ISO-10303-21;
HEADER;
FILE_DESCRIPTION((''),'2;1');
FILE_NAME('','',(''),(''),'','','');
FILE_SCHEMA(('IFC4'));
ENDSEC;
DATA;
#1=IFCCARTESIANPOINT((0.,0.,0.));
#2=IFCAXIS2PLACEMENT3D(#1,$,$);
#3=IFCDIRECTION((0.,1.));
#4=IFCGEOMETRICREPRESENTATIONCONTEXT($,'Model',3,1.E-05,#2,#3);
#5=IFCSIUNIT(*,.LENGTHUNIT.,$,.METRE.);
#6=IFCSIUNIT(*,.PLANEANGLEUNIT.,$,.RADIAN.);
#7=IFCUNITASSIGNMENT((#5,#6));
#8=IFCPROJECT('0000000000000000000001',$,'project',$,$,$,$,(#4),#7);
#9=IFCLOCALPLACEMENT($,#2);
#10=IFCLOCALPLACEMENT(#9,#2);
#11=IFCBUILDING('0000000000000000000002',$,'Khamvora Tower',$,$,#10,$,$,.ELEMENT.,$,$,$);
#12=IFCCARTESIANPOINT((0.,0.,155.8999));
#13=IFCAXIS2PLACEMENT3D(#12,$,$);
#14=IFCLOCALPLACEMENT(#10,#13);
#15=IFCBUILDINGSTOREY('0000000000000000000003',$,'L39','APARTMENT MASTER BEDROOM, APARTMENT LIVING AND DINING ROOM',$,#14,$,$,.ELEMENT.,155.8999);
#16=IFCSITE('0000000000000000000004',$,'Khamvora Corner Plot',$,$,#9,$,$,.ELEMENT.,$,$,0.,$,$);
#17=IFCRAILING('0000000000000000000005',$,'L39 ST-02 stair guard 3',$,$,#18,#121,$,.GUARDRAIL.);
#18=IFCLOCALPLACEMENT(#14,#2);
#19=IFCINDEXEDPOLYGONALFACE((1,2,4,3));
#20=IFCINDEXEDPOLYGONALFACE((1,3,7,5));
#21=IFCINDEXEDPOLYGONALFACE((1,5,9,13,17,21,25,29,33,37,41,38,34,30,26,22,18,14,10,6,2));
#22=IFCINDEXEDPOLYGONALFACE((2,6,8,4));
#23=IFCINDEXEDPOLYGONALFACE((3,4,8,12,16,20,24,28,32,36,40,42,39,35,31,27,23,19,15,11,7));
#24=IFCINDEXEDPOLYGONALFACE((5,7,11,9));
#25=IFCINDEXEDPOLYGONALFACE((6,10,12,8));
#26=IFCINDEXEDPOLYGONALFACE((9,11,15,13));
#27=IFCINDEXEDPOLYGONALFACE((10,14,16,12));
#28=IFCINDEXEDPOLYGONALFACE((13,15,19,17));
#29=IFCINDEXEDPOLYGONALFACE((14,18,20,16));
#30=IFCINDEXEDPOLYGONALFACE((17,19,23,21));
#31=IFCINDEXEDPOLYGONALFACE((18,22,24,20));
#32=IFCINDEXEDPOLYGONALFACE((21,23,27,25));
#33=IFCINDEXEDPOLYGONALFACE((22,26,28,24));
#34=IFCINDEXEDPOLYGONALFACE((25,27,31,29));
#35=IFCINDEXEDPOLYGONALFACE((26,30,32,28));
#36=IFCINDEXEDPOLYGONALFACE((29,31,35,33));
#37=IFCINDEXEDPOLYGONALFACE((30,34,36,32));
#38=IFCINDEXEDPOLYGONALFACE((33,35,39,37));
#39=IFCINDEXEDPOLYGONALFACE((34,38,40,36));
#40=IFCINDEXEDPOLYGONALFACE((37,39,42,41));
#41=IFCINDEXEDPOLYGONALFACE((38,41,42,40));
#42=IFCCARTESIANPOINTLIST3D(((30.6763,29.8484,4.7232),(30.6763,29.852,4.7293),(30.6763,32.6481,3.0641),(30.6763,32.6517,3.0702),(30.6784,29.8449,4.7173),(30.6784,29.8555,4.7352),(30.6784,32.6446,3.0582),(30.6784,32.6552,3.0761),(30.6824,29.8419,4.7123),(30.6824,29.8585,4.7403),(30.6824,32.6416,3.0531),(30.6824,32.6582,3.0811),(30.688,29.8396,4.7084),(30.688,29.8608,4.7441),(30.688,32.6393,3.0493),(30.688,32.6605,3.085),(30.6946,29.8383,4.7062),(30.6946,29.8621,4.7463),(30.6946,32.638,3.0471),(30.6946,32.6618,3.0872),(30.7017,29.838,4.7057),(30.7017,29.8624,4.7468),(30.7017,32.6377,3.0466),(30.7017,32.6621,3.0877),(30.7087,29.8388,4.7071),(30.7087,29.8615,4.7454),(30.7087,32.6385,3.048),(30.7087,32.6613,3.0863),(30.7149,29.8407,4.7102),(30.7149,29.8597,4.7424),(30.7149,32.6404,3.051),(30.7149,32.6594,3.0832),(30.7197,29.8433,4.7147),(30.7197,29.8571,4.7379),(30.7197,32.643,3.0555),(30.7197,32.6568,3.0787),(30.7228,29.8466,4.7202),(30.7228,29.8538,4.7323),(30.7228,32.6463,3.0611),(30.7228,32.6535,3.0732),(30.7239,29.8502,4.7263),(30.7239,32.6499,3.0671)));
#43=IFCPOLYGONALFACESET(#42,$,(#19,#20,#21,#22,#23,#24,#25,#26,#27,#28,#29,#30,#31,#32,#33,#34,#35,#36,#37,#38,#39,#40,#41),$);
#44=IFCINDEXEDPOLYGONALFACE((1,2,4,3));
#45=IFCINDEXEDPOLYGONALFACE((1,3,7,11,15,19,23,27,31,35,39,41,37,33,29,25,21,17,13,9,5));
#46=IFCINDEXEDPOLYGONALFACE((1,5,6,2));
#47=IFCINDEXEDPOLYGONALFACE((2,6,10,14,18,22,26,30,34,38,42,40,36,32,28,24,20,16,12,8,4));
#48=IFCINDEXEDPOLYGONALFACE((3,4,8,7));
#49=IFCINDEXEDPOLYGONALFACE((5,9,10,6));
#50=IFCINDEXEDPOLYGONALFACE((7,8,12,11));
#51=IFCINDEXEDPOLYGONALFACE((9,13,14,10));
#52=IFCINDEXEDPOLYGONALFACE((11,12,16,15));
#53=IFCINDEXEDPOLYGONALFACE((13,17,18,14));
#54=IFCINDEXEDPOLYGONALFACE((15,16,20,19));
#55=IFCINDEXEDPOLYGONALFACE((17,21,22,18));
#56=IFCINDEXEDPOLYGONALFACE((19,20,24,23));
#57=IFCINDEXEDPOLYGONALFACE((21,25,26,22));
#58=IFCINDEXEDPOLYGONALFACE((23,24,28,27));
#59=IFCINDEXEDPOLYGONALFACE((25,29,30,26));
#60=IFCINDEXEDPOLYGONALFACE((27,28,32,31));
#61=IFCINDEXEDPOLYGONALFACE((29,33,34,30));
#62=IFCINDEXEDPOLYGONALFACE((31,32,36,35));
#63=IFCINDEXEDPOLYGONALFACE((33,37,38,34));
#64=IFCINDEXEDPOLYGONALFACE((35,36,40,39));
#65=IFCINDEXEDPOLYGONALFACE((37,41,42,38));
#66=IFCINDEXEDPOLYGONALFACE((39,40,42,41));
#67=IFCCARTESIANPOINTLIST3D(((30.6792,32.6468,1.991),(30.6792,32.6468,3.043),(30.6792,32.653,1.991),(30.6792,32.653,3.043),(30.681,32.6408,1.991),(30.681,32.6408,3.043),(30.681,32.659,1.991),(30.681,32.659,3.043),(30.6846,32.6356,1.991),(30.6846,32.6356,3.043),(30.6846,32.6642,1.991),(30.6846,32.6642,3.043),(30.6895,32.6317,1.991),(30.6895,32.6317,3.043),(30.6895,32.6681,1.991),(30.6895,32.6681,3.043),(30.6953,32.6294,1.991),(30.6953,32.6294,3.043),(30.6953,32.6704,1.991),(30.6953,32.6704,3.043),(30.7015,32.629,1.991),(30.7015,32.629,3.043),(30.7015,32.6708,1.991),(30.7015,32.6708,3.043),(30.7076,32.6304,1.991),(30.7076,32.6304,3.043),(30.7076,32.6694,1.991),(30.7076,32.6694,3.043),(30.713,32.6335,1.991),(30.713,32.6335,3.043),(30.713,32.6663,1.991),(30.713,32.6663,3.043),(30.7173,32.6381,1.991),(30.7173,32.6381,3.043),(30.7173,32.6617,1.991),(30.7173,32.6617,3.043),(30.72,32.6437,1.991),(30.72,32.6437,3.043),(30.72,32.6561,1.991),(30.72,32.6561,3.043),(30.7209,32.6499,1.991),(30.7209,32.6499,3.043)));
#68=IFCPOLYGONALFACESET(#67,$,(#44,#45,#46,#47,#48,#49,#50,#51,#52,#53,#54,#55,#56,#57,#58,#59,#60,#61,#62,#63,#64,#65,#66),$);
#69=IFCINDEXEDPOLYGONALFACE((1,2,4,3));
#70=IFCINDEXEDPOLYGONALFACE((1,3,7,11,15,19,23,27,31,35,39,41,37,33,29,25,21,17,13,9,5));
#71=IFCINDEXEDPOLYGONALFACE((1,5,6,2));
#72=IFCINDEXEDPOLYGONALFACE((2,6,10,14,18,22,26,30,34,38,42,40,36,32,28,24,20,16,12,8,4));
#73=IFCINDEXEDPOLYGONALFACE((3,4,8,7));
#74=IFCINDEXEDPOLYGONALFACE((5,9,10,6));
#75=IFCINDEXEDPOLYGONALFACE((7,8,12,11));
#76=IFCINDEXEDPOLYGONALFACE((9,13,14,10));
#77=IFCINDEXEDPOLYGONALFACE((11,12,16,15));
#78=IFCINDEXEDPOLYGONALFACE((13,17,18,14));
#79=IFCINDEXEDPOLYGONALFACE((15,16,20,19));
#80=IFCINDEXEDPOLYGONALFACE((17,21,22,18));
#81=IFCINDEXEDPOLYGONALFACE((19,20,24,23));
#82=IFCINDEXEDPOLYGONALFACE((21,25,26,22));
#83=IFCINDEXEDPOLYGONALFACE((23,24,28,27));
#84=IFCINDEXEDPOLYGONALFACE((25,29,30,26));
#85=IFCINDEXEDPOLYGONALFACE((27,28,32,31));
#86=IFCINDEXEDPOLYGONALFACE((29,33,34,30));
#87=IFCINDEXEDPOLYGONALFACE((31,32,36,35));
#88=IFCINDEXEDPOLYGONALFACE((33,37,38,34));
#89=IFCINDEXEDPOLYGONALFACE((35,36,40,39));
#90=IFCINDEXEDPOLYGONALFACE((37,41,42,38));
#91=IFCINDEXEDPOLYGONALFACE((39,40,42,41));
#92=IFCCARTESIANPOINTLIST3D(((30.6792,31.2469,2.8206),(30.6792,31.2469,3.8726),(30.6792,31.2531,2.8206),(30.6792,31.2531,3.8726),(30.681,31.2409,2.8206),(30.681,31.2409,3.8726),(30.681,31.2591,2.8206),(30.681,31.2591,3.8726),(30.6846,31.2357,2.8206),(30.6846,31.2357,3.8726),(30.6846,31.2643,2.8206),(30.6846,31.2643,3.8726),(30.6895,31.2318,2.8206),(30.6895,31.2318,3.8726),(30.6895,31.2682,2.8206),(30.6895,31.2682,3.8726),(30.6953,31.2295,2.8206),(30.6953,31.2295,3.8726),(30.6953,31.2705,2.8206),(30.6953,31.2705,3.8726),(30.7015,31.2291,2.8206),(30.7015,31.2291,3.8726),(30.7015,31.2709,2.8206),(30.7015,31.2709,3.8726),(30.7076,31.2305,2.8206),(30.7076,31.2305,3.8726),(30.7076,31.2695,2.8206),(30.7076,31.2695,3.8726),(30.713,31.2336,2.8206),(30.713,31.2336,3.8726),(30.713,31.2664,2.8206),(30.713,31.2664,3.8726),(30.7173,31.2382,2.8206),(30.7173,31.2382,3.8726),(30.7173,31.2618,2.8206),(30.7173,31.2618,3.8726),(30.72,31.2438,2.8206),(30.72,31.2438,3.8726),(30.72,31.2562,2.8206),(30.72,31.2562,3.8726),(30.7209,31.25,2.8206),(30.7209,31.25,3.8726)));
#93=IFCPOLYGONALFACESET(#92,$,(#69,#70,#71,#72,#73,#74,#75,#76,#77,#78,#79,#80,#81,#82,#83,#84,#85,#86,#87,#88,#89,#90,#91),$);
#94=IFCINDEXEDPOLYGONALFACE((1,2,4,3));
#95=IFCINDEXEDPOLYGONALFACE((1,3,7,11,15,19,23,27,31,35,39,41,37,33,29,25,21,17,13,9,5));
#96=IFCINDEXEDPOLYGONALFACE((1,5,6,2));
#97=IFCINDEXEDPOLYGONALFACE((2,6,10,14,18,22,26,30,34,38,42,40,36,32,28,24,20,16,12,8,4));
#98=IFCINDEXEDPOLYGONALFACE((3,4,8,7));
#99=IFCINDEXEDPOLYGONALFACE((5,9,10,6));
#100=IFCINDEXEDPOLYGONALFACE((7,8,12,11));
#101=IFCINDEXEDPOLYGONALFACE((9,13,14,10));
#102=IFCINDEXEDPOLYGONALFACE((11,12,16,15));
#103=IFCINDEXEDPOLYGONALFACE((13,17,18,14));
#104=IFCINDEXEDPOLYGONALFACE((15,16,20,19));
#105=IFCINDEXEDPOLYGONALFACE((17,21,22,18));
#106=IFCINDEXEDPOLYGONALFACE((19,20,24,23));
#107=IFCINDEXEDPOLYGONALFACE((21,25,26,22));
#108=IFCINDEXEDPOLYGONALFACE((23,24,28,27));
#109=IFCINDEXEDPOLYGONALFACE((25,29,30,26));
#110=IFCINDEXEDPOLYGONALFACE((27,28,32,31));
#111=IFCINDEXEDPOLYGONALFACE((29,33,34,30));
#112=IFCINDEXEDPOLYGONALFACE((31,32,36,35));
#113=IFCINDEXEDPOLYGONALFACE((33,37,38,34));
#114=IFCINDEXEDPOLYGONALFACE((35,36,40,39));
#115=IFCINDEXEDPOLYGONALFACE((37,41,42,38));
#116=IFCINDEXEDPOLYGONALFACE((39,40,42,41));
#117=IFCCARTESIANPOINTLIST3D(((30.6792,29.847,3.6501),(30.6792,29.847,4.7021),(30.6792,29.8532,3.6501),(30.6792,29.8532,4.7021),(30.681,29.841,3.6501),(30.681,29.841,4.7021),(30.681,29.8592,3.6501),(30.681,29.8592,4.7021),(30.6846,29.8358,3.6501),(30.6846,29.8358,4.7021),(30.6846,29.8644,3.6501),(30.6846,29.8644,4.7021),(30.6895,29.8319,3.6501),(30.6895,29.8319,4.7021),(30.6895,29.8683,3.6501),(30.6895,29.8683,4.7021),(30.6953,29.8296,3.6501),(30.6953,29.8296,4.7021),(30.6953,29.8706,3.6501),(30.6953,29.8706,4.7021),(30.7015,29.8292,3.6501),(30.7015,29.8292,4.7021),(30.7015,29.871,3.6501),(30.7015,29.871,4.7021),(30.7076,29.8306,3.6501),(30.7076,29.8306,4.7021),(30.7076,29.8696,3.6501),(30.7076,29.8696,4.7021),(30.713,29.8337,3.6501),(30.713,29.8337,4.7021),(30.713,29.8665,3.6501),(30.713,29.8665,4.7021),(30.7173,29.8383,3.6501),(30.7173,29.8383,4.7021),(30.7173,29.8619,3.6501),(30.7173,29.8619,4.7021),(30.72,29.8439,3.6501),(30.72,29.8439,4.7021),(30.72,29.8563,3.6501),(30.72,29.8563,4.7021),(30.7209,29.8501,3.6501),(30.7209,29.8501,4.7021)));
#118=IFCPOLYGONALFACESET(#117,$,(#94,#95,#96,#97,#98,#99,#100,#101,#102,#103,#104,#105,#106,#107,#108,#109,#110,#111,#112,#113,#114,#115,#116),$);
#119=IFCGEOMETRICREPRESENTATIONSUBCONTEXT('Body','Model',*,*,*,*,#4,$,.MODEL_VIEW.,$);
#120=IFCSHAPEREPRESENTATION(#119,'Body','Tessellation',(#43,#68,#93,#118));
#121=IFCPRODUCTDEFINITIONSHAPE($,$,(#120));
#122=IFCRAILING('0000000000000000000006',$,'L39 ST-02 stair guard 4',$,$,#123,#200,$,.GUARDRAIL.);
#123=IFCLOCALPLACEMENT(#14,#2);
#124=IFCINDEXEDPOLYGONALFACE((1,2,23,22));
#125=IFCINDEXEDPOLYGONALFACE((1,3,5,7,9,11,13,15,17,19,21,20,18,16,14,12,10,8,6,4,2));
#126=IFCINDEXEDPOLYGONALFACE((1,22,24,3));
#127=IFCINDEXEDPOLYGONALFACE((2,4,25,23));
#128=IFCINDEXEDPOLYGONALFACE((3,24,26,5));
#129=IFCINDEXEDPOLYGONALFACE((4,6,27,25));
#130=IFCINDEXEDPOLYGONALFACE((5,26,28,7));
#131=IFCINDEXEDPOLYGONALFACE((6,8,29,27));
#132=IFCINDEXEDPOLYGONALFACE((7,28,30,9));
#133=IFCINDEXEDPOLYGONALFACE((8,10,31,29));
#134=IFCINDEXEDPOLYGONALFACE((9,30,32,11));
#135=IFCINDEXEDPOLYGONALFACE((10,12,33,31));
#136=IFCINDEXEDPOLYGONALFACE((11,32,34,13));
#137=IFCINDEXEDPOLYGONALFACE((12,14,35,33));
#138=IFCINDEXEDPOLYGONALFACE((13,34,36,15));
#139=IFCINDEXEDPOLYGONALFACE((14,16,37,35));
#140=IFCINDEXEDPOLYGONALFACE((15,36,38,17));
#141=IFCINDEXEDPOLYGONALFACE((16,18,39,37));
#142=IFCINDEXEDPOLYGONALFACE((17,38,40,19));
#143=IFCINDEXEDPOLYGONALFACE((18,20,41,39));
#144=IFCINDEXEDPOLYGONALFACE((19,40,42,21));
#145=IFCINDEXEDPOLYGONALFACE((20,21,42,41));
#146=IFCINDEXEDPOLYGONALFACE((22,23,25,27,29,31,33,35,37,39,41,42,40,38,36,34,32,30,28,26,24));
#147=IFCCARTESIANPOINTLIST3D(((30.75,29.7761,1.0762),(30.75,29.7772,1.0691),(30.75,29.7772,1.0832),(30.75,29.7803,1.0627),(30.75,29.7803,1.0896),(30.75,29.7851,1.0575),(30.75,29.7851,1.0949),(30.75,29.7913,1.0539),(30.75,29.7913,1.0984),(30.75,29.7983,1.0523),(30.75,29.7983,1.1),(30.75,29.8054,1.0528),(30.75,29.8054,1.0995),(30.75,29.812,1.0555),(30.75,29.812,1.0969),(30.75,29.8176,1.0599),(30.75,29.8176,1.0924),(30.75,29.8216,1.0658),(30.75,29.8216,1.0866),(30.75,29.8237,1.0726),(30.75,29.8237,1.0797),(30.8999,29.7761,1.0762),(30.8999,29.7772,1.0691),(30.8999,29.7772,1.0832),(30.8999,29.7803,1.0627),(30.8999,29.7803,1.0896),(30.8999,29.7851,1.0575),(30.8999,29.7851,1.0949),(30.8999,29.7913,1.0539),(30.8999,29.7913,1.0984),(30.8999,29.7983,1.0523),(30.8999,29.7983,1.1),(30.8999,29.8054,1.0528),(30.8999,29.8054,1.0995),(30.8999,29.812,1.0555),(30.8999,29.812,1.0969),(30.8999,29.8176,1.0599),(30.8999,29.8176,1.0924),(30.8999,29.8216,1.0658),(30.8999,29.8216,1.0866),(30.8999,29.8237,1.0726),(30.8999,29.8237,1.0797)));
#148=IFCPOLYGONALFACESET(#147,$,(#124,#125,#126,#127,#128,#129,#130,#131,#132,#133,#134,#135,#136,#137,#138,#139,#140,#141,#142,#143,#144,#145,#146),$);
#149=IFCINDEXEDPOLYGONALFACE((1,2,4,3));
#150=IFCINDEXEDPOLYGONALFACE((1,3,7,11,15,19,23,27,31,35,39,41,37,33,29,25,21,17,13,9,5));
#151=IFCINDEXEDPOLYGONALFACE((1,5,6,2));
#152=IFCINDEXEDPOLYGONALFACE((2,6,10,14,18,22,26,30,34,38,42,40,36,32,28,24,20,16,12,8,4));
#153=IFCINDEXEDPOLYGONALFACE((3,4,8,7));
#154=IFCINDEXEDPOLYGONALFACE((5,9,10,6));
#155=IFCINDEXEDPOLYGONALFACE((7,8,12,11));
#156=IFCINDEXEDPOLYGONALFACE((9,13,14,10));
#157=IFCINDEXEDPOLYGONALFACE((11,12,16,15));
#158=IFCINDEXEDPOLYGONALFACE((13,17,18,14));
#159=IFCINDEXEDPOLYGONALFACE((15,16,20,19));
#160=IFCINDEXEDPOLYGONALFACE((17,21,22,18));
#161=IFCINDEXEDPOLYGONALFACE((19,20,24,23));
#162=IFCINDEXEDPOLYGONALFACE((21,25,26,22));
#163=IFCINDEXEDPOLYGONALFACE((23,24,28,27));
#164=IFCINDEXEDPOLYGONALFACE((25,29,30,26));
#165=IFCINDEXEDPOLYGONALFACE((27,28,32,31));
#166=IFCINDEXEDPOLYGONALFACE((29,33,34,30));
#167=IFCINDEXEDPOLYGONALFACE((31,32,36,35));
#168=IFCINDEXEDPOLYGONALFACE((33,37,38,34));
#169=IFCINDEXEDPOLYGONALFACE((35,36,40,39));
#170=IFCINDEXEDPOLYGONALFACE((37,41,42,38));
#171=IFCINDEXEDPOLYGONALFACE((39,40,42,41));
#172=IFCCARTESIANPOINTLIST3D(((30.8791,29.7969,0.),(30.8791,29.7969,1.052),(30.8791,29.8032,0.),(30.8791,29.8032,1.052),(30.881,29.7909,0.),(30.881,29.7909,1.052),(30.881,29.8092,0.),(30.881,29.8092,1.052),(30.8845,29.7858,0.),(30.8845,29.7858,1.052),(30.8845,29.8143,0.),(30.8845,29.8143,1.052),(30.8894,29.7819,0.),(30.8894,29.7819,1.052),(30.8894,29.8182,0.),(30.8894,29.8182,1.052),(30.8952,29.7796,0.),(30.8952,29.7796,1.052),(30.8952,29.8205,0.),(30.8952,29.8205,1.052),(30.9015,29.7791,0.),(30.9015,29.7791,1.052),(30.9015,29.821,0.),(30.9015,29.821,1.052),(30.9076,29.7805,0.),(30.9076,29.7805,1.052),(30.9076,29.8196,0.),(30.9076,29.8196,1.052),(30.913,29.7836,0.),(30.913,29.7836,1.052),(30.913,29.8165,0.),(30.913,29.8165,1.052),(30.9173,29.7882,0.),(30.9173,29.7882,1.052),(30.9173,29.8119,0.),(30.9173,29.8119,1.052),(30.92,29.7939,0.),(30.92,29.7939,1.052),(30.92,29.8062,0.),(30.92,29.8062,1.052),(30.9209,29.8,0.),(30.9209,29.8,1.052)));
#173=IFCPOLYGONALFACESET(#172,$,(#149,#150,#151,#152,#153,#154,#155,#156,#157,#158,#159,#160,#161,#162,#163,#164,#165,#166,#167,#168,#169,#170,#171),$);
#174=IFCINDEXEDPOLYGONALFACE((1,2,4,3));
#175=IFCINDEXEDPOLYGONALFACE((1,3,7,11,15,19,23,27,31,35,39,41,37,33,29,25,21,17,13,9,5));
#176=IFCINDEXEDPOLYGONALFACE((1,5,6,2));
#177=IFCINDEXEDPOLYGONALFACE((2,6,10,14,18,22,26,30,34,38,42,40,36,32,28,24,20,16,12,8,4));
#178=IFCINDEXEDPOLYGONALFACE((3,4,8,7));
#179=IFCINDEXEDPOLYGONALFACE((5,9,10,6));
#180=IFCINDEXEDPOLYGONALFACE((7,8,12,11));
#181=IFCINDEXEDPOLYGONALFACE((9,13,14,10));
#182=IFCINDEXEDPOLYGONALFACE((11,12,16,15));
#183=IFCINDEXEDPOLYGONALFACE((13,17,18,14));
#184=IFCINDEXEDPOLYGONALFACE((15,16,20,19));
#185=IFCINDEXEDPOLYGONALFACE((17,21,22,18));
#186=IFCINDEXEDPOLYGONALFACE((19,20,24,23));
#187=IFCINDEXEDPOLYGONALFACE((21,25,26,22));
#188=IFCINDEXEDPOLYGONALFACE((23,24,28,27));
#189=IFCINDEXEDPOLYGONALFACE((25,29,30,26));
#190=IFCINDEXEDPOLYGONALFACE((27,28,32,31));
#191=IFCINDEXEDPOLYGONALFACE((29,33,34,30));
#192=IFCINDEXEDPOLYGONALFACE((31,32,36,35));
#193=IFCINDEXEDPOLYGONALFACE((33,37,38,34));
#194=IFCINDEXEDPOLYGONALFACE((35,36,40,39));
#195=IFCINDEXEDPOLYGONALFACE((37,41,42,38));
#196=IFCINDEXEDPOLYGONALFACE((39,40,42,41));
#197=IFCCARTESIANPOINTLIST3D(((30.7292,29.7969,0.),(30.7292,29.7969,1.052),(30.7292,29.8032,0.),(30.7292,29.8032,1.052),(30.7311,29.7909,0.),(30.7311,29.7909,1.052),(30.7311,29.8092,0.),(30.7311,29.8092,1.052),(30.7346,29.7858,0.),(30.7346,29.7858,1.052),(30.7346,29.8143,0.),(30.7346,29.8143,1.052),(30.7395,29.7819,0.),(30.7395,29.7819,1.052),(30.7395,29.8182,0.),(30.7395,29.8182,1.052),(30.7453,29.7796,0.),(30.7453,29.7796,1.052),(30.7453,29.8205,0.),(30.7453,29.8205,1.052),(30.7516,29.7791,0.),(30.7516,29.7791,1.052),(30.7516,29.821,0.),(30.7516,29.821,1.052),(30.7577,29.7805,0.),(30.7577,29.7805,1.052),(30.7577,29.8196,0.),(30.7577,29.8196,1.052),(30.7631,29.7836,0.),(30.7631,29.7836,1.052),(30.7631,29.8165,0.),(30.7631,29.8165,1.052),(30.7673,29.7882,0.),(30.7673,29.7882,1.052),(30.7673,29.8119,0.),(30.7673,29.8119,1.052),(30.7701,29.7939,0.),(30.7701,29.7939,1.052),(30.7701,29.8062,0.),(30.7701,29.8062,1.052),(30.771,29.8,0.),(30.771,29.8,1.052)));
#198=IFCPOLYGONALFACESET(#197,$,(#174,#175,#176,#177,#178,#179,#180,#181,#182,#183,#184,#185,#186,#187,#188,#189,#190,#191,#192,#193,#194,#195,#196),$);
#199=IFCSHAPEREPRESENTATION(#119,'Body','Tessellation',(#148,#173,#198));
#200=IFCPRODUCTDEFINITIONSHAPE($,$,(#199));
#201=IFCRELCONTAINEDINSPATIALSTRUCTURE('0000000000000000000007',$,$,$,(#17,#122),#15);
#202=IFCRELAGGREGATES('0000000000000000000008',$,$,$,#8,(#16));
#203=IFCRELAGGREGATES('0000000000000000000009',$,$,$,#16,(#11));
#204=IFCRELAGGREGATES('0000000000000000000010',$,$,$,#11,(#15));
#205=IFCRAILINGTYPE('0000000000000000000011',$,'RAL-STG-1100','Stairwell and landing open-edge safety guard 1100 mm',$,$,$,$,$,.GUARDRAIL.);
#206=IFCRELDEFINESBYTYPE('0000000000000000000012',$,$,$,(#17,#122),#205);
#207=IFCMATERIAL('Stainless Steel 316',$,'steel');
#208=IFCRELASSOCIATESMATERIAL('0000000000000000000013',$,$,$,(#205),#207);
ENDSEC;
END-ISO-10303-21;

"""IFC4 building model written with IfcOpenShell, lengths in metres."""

from ifc_helpers import new_model, si_unit, direction, frame, origin, origin_2d, place, context, subcontext, project, spatial, circle, extrude, material, type_object, element, save


model = new_model("IFC4")

# Units and contexts
model_context = context("Model", 3, precision=1e-05, world=origin(), true_north=direction((0.0, 1.0)))
body_context = subcontext(model_context, "Body", "Model", "MODEL_VIEW")
ifc_project = project(units=[si_unit("LENGTHUNIT", "METRE"), si_unit("PLANEANGLEUNIT", "RADIAN")], contexts=[model_context])

# Site, building, storey
site_placement = place(None, origin())
site = spatial("IfcSite", under=ifc_project, at=site_placement, Name="Khamvora Corner Plot", CompositionType="ELEMENT", RefElevation=0.0)
building_placement = place(site_placement, origin())
building = spatial("IfcBuilding", under=site, at=building_placement, Name="Khamvora Tower", CompositionType="ELEMENT")
storey_placement = place(building_placement, frame((0.0, 0.0, 155.8999)))
storey = spatial("IfcBuildingStorey", under=building, at=storey_placement, Name="L39", Description="APARTMENT MASTER BEDROOM, APARTMENT LIVING AND DINING ROOM", CompositionType="ELEMENT", Elevation=155.8999)

# Railings
ifc_material_1 = material(Name="Stainless Steel 316", Category="steel")
railing_type_1 = type_object("IfcRailingType", Name="RAL-STG-1100", Description="Stairwell and landing open-edge safety guard 1100 mm", PredefinedType="GUARDRAIL", material=ifc_material_1)
railing_1_placement = place(storey_placement, frame((30.7, 32.6499, 1.991)))
element("IfcRailing", 1, at=railing_1_placement, inside=storey, type_object=railing_type_1, Name="L39 ST-02 stair guard 3", PredefinedType="GUARDRAIL", context=body_context, shape_type="SweptSolid", body=[
    extrude(circle(Radius=0.0239, at=origin_2d()), frame((0.0, 0.0, 1.0762), z_axis=(0.0, -0.860287, 0.509811), x_axis=(1.0, 0.0, 0.0)), (0.0, 0.0, 1.0), 3.2544),
    extrude(circle(Radius=0.021, at=origin_2d()), origin(), (0.0, 0.0, 1.0), 1.052),
    extrude(circle(Radius=0.021, at=origin_2d()), frame((0.0, -1.3999, 0.8296)), (0.0, 0.0, 1.0), 1.052),
    extrude(circle(Radius=0.021, at=origin_2d()), frame((0.0, -2.7998, 1.6592)), (0.0, 0.0, 1.0), 1.052),
])
railing_2_placement = place(storey_placement, frame((30.8999, 29.8, 0.0)))
element("IfcRailing", 2, at=railing_2_placement, inside=storey, type_object=railing_type_1, Name="L39 ST-02 stair guard 4", PredefinedType="GUARDRAIL", context=body_context, shape_type="SweptSolid", body=[
    extrude(circle(Radius=0.0239, at=origin_2d()), frame((0.0, 0.0, 1.0762), z_axis=(-1.0, 0.0, 0.0), x_axis=(0.0, -1.0, 0.0)), (0.0, 0.0, 1.0), 0.1499),
    extrude(circle(Radius=0.021, at=origin_2d()), origin(), (0.0, 0.0, 1.0), 1.052),
    extrude(circle(Radius=0.021, at=origin_2d()), frame((-0.1499, 0.0, 0.0)), (0.0, 0.0, 1.0), 1.052),
])

save(model, "model.ifc")
